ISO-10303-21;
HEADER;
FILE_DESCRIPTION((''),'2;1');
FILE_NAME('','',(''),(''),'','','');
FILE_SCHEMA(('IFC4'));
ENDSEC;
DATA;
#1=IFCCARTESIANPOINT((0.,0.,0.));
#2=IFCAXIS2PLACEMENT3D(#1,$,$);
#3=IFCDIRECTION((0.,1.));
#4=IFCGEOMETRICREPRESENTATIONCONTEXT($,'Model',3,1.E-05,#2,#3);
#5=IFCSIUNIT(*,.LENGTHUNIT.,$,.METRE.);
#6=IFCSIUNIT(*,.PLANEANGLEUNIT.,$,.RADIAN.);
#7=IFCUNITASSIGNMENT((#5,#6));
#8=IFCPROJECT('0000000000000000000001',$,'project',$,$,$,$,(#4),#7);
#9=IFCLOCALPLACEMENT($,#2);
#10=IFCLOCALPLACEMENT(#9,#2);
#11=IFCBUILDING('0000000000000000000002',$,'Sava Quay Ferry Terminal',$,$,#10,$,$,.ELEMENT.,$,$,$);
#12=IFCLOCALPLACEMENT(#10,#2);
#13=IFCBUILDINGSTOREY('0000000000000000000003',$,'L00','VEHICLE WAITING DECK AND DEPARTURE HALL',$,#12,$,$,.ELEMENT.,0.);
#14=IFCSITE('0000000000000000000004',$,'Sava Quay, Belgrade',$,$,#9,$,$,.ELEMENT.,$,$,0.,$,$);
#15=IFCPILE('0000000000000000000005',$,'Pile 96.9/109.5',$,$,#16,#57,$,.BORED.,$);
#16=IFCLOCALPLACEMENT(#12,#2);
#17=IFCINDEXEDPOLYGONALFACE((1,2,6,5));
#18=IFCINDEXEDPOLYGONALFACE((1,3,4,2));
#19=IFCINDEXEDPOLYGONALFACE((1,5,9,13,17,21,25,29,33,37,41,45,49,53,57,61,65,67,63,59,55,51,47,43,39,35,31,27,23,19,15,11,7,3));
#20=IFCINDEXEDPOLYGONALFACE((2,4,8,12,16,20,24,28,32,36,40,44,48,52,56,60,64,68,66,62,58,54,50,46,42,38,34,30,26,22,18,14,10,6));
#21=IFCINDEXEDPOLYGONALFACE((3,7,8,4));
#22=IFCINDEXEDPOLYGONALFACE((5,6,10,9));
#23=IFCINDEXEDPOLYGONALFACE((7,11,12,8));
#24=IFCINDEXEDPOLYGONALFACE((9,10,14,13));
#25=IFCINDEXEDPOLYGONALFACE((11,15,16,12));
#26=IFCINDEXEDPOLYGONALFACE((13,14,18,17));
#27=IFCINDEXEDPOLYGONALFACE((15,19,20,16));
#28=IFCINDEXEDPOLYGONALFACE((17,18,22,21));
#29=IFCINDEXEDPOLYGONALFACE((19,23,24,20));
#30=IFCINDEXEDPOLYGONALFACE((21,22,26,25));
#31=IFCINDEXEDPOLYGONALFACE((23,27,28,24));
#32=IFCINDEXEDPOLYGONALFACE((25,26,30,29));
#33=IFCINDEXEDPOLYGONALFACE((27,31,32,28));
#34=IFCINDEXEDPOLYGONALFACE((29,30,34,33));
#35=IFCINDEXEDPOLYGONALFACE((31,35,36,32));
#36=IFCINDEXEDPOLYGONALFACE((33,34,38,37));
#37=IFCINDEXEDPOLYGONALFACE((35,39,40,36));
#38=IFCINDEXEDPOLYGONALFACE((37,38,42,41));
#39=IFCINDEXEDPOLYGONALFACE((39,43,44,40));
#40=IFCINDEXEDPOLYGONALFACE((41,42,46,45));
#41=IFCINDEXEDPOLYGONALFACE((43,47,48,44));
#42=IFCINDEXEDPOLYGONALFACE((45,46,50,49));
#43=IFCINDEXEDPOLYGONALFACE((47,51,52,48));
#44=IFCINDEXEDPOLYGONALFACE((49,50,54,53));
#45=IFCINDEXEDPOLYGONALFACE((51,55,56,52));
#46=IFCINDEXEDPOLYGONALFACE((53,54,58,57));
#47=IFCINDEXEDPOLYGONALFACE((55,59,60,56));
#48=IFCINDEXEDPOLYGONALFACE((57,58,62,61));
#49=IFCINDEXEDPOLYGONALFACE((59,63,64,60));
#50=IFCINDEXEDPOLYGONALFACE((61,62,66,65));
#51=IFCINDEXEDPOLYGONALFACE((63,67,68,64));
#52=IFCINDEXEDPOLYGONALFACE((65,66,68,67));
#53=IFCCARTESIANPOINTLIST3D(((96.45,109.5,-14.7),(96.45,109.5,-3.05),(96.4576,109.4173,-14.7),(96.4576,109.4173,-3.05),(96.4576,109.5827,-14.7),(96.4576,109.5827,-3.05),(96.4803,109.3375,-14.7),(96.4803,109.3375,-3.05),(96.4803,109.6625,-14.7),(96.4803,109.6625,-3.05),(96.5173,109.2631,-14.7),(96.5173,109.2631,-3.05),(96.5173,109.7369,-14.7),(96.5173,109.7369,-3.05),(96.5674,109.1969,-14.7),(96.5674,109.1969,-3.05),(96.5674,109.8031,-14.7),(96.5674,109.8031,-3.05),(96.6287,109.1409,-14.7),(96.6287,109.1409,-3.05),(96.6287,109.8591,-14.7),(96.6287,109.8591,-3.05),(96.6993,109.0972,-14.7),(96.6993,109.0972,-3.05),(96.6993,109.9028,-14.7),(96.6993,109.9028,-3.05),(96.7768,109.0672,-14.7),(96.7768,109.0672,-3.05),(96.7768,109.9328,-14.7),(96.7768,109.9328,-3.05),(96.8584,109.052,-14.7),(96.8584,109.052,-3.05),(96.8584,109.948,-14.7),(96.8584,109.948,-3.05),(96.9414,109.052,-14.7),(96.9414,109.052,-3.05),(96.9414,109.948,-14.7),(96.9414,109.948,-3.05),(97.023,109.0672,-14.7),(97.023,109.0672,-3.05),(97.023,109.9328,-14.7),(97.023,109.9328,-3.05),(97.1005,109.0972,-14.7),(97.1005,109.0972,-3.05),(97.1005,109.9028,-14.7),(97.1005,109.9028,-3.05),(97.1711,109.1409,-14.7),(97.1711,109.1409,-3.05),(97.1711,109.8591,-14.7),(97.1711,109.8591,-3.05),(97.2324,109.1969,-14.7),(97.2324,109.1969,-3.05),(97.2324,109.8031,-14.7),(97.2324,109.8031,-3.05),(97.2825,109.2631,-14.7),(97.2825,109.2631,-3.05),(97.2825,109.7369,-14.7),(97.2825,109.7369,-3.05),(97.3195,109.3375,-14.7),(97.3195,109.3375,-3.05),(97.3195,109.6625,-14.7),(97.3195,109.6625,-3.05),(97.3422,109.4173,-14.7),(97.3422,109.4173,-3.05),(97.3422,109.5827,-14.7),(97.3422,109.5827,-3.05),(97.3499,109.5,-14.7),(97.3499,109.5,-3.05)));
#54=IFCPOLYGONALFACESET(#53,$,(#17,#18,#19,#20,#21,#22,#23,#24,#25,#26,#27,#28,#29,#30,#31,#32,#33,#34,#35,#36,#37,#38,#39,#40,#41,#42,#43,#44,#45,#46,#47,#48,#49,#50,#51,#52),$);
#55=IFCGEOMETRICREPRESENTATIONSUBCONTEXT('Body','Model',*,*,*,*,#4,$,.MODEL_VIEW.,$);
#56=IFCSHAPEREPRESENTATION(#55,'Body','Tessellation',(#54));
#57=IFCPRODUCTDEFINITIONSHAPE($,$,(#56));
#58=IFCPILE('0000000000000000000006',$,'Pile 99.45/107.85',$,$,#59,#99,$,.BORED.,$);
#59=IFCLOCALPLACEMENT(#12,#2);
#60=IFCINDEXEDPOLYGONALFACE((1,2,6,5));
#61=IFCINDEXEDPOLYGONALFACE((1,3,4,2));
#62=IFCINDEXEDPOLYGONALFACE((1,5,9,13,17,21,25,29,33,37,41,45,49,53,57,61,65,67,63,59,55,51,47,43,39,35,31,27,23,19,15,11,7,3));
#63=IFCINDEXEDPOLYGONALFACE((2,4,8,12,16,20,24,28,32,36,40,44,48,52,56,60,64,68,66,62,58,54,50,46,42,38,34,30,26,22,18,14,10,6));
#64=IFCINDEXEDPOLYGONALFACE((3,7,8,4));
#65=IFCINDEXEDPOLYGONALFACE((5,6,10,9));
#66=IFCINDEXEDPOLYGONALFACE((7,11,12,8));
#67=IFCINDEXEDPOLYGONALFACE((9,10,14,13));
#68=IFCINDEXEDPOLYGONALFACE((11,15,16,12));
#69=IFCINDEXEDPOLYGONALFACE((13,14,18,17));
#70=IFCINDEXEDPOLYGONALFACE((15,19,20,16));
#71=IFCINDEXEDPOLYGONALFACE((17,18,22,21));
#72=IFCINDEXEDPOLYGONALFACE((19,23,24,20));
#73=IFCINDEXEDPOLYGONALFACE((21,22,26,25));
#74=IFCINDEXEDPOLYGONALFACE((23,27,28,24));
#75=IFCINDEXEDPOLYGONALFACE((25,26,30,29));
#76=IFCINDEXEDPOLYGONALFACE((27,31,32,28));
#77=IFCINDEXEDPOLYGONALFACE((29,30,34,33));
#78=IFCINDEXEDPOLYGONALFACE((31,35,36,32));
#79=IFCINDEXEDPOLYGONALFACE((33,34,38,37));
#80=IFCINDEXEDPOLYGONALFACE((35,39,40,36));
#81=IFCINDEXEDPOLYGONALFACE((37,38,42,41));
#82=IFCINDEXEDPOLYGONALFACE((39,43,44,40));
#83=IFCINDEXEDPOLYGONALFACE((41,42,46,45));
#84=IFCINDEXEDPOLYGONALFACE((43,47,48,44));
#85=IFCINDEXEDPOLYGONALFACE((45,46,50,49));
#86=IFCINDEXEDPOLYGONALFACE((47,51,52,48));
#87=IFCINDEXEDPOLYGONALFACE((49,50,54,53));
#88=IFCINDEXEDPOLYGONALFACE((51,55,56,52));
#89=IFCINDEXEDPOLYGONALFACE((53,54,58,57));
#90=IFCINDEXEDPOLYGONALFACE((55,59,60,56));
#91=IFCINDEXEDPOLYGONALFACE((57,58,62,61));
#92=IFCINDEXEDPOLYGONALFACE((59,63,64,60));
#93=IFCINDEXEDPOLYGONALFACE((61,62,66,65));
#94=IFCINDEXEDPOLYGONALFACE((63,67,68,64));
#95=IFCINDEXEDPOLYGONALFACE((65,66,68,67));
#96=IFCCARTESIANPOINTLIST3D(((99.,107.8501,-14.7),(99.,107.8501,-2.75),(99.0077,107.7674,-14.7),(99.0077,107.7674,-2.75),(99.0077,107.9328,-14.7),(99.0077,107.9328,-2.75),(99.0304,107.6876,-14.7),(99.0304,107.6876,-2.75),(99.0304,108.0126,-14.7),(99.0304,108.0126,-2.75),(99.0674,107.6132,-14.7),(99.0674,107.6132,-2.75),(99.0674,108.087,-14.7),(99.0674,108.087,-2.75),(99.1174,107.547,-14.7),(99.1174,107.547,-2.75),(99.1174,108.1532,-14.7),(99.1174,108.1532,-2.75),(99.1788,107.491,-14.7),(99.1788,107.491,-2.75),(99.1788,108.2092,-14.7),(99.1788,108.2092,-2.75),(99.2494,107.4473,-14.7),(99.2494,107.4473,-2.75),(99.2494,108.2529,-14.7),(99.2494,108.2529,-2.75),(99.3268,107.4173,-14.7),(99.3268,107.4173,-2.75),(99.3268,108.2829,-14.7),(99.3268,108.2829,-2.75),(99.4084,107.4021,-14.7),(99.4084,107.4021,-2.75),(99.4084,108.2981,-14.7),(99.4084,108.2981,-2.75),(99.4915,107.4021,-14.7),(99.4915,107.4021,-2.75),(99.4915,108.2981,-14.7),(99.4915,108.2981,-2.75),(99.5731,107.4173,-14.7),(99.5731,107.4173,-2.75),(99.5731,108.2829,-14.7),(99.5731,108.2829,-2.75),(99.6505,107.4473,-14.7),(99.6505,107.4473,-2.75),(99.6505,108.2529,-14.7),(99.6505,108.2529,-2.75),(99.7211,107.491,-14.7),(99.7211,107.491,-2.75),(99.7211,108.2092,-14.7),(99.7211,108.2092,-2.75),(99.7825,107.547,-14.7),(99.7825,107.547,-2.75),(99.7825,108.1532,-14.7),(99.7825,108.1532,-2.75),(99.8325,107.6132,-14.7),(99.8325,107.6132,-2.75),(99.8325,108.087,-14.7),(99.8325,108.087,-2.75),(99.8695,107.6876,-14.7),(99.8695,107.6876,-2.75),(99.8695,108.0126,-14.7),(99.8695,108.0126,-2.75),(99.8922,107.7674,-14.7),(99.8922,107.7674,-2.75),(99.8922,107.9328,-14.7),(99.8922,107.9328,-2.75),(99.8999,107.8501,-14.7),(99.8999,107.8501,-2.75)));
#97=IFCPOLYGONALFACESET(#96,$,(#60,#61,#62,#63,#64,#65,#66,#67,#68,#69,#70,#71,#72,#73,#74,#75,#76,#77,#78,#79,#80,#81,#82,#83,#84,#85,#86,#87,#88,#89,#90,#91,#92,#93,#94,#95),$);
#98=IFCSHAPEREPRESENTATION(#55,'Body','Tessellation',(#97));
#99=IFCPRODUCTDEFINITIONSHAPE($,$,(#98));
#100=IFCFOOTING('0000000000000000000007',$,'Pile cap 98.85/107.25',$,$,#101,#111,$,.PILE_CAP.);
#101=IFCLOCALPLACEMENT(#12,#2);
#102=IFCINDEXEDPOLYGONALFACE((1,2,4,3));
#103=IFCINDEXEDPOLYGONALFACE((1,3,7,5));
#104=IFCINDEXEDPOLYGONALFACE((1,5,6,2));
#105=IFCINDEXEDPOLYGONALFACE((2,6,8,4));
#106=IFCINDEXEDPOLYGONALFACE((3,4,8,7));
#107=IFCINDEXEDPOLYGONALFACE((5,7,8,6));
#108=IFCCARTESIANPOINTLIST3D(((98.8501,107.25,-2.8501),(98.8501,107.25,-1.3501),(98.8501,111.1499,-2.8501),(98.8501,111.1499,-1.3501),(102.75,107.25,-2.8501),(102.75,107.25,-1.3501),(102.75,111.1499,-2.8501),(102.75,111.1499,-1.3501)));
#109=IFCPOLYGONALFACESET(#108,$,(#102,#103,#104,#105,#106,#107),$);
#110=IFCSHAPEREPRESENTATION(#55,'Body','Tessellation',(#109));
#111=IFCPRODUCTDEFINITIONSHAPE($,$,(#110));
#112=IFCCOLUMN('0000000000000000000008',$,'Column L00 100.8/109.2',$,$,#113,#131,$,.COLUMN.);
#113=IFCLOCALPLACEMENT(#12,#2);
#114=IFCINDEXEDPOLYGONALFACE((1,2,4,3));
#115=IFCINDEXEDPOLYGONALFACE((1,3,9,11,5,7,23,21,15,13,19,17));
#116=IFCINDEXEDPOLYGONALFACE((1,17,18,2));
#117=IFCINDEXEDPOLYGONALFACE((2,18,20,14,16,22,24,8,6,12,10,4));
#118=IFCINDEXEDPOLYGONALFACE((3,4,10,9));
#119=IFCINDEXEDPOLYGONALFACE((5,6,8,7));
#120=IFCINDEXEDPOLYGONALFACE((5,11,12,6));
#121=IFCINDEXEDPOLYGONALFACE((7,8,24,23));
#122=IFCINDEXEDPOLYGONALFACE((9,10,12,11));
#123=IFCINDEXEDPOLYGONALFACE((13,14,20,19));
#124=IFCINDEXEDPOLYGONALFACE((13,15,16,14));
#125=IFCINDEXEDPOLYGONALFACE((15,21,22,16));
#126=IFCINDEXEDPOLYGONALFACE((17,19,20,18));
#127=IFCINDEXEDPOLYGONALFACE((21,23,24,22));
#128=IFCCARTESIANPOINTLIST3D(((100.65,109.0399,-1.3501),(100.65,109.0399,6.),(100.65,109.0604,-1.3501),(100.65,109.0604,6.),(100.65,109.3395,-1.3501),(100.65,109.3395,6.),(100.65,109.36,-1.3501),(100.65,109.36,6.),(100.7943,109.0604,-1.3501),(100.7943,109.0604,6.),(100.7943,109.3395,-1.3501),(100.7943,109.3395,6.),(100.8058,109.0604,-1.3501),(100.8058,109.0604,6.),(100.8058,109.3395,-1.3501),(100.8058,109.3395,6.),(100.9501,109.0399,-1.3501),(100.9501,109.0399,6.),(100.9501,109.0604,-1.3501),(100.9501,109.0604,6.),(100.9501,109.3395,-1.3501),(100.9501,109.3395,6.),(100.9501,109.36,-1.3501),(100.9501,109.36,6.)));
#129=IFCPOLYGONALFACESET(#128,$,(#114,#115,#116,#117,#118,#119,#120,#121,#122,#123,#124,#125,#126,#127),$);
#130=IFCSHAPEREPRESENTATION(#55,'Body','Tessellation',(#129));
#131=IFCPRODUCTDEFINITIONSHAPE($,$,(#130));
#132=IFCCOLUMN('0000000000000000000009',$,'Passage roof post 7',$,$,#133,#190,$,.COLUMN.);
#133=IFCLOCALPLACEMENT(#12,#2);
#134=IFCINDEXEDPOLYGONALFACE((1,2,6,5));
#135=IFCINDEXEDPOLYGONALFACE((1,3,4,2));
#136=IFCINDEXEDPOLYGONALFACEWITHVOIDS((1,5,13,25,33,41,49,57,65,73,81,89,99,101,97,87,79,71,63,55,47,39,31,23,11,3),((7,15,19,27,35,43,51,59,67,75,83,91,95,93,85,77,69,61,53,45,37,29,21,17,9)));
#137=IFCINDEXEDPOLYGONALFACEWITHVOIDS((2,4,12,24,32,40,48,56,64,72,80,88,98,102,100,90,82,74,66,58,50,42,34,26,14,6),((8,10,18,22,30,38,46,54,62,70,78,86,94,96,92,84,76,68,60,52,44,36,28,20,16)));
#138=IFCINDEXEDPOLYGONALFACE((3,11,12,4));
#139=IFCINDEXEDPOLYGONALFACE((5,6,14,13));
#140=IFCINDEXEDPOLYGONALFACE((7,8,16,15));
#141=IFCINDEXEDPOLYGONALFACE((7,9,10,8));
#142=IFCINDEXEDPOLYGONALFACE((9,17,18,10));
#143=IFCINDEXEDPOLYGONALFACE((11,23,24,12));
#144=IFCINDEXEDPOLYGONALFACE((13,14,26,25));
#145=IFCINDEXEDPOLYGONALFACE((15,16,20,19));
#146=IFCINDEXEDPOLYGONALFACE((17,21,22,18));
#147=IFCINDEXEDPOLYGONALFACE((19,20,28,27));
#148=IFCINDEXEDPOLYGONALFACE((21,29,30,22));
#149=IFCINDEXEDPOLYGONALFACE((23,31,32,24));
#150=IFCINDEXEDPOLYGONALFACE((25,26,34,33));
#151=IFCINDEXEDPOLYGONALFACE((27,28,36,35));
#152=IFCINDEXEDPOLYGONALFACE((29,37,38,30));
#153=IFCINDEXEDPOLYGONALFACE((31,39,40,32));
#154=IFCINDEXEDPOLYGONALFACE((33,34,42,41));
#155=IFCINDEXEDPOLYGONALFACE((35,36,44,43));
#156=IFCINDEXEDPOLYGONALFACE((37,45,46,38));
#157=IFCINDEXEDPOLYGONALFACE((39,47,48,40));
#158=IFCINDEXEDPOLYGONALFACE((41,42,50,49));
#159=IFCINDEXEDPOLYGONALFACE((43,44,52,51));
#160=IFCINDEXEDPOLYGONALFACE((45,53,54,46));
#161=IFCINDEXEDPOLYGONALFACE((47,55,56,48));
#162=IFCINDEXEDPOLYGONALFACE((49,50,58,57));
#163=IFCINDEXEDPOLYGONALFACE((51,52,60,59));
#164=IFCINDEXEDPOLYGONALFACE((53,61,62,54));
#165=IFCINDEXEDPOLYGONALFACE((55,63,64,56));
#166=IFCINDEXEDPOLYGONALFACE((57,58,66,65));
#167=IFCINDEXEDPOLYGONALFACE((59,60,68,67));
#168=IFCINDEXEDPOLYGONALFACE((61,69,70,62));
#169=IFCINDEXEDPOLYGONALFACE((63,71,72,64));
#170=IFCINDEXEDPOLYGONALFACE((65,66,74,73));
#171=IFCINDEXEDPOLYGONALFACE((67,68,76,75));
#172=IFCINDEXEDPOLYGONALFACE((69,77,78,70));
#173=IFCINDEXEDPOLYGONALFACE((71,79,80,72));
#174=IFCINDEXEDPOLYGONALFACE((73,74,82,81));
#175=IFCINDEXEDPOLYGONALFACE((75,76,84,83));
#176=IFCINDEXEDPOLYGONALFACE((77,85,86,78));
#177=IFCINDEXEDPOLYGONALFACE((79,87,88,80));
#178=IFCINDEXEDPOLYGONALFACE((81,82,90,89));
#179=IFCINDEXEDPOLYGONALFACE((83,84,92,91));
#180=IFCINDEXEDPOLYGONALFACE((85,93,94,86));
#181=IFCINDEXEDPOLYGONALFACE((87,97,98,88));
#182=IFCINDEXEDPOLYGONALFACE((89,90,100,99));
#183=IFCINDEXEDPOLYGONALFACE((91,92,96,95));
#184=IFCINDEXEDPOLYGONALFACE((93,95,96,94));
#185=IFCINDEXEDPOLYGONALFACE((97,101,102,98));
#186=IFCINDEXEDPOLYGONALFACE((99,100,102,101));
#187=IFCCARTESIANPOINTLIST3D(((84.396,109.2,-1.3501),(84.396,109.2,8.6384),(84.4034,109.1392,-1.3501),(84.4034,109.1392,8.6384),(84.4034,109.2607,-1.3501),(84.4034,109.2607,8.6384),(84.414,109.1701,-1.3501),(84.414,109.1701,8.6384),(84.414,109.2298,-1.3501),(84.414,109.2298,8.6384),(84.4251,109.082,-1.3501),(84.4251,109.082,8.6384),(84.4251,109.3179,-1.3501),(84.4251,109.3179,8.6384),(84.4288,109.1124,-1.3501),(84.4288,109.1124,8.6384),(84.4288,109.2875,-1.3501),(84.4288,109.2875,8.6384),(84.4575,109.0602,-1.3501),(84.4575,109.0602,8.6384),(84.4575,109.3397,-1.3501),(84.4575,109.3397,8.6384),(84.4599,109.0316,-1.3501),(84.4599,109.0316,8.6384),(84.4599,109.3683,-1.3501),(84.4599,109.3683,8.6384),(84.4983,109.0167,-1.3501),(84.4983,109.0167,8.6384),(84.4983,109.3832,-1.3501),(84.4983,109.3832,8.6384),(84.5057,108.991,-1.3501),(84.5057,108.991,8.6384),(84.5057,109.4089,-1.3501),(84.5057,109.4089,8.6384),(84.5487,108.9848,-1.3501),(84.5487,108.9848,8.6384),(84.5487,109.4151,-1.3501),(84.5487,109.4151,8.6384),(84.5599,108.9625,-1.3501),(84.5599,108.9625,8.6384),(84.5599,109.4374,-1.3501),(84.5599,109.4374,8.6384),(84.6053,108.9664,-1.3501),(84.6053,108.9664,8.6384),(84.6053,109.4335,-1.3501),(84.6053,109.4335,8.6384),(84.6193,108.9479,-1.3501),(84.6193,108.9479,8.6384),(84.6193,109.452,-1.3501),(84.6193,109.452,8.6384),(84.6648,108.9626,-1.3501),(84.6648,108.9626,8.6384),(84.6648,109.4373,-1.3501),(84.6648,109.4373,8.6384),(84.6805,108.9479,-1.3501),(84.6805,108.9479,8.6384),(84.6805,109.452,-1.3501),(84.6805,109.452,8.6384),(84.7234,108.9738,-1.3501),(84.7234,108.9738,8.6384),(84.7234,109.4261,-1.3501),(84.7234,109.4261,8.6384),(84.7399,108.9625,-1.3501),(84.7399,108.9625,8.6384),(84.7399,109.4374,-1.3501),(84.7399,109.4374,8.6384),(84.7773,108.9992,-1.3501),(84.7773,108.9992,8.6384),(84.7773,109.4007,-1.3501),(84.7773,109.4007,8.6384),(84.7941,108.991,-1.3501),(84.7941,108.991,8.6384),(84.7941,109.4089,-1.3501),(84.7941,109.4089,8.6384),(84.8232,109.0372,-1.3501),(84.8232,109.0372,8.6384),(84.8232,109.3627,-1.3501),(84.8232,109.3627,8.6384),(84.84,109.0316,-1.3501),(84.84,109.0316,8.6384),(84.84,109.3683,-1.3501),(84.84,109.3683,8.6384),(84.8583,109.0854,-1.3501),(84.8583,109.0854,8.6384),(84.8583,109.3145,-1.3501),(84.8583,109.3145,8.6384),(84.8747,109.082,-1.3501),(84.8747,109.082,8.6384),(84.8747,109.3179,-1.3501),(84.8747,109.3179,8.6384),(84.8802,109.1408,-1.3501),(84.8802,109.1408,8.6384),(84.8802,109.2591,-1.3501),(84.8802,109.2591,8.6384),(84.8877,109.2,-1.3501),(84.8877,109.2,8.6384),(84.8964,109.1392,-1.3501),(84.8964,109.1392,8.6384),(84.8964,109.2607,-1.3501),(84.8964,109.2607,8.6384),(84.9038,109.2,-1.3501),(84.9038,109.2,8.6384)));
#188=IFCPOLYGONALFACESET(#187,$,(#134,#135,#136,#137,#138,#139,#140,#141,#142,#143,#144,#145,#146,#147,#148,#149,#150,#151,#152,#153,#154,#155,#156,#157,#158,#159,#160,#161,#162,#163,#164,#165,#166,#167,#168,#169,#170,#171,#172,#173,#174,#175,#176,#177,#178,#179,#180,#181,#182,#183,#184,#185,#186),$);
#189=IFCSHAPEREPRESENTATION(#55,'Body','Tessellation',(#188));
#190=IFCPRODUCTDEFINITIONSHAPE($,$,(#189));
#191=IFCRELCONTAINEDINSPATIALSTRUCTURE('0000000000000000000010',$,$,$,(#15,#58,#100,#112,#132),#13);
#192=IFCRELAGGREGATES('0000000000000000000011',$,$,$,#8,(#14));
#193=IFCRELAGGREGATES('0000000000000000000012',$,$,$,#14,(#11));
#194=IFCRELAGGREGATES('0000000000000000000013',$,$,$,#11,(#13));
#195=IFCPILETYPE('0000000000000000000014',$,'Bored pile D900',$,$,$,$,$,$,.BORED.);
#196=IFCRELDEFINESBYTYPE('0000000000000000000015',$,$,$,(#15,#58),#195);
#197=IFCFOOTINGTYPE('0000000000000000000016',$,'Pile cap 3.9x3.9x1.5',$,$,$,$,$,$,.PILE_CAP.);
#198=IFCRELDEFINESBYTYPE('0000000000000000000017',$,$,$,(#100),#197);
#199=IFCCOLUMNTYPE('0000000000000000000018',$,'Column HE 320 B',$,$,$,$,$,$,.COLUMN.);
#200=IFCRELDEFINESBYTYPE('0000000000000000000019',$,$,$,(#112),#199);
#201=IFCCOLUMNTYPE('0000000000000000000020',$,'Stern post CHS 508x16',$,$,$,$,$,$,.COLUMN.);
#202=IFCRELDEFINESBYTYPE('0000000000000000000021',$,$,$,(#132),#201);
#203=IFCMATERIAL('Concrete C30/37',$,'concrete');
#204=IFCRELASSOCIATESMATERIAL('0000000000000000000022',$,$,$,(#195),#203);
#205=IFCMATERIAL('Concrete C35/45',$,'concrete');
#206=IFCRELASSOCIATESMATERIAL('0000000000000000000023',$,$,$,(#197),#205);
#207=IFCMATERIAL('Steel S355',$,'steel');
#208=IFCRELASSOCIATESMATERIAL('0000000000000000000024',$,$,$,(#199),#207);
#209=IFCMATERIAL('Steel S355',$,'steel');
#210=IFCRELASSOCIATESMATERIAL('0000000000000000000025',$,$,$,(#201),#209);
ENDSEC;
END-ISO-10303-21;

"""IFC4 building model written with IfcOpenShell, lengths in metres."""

from ifc_helpers import new_model, si_unit, direction, frame, origin, origin_2d, place, context, subcontext, project, spatial, rectangle, circle, hollow_circle, i_section, extrude, material, material_profile, profile_set, type_object, element, save


model = new_model("IFC4")

# Units and contexts
model_context = context("Model", 3, precision=1e-05, world=origin(), true_north=direction((0.0, 1.0)))
body_context = subcontext(model_context, "Body", "Model", "MODEL_VIEW")
ifc_project = project(units=[si_unit("LENGTHUNIT", "METRE"), si_unit("PLANEANGLEUNIT", "RADIAN")], contexts=[model_context])

# Site, building, storey
site_placement = place(None, origin())
site = spatial("IfcSite", under=ifc_project, at=site_placement, Name="Sava Quay, Belgrade", CompositionType="ELEMENT", RefElevation=0.0)
building_placement = place(site_placement, origin())
building = spatial("IfcBuilding", under=site, at=building_placement, Name="Sava Quay Ferry Terminal", CompositionType="ELEMENT")
storey_placement = place(building_placement, origin())
storey = spatial("IfcBuildingStorey", under=building, at=storey_placement, Name="L00", Description="VEHICLE WAITING DECK AND DEPARTURE HALL", CompositionType="ELEMENT", Elevation=0.0)

# Piles
ifc_material_1 = material(Name="Concrete C30/37", Category="concrete")
ifc_material_profile_1 = material_profile(ifc_material_1, circle(Radius=0.45, at=origin_2d()), Name="Bored pile D900")
ifc_profile_set_1 = profile_set([ifc_material_profile_1], Name="Concrete C30/37")
pile_type = type_object("IfcPileType", Name="Bored pile D900", PredefinedType="BORED", material=ifc_profile_set_1)
for number, where, z_axis, x_axis, name in (
    (1, (96.8999, 109.5, -3.05), (0.0, 0.0, -1.0), (1.0, 0.0, 0.0), "Pile 96.9/109.5"),
):
    element("IfcPile", number, at=place(storey_placement, frame(where, z_axis=z_axis, x_axis=x_axis)), inside=storey, type_object=pile_type, Name=name, PredefinedType="BORED", context=body_context, shape_type="SweptSolid", body=[
        extrude(circle(Radius=0.45, at=origin_2d()), origin(), (0.0, 0.0, 1.0), 11.6499),
    ])
pile_placement = place(storey_placement, frame((99.45, 107.8501, -2.75), z_axis=(0.0, 0.0, -1.0), x_axis=(1.0, 0.0, 0.0)))
element("IfcPile", 2, at=pile_placement, inside=storey, type_object=pile_type, Name="Pile 99.45/107.85", PredefinedType="BORED", context=body_context, shape_type="SweptSolid", body=[
    extrude(circle(Radius=0.45, at=origin_2d()), origin(), (0.0, 0.0, 1.0), 11.95),
])

# Footing
ifc_material_2 = material(Name="Concrete C35/45", Category="concrete")
footing_type = type_object("IfcFootingType", Name="Pile cap 3.9x3.9x1.5", PredefinedType="PILE_CAP", material=ifc_material_2)
footing_placement = place(storey_placement, frame((100.8, 109.2, -2.8501), z_axis=(0.0, 0.0, 1.0), x_axis=(1.0, 0.0, 0.0)))
element("IfcFooting", 3, at=footing_placement, inside=storey, type_object=footing_type, Name="Pile cap 98.85/107.25", PredefinedType="PILE_CAP", context=body_context, shape_type="SweptSolid", body=[
    extrude(rectangle(XDim=3.8999, YDim=3.8999, at=origin_2d()), origin(), (0.0, 0.0, 1.0), 1.5),
])

# Columns
ifc_material_3 = material(Name="Steel S355", Category="steel")
ifc_material_profile_2 = material_profile(ifc_material_3, i_section(OverallWidth=0.3, OverallDepth=0.3201, WebThickness=0.0115, FlangeThickness=0.0205, at=origin_2d()), Name="HE 320 B")
ifc_profile_set_2 = profile_set([ifc_material_profile_2], Name="Steel S355")
column_type_1 = type_object("IfcColumnType", Name="Column HE 320 B", PredefinedType="COLUMN", material=ifc_profile_set_2)
column_1_placement = place(storey_placement, frame((100.8, 109.2, -1.3501), z_axis=(0.0, 0.0, 1.0), x_axis=(1.0, 0.0, 0.0)))
element("IfcColumn", 4, at=column_1_placement, inside=storey, type_object=column_type_1, Name="Column L00 100.8/109.2", PredefinedType="COLUMN", context=body_context, shape_type="SweptSolid", body=[
    extrude(i_section(OverallWidth=0.3, OverallDepth=0.3201, WebThickness=0.0115, FlangeThickness=0.0205, at=origin_2d()), origin(), (0.0, 0.0, 1.0), 7.3501),
])
ifc_material_4 = material(Name="Steel S355", Category="steel")
ifc_material_profile_3 = material_profile(ifc_material_4, hollow_circle(Radius=0.2539, WallThickness=0.0161, at=origin_2d()), Name="CHS 508 x 16.0")
ifc_profile_set_3 = profile_set([ifc_material_profile_3], Name="Steel S355")
column_type_2 = type_object("IfcColumnType", Name="Stern post CHS 508x16", PredefinedType="COLUMN", material=ifc_profile_set_3)
column_2_placement = place(storey_placement, frame((84.6499, 109.2, -1.3501), z_axis=(0.0, 0.0, 1.0), x_axis=(1.0, 0.0, 0.0)))
element("IfcColumn", 5, at=column_2_placement, inside=storey, type_object=column_type_2, Name="Passage roof post 7", PredefinedType="COLUMN", context=body_context, shape_type="SweptSolid", body=[
    extrude(hollow_circle(Radius=0.2539, WallThickness=0.0161, at=origin_2d()), origin(), (0.0, 0.0, 1.0), 9.9885),
])

save(model, "model.ifc")
